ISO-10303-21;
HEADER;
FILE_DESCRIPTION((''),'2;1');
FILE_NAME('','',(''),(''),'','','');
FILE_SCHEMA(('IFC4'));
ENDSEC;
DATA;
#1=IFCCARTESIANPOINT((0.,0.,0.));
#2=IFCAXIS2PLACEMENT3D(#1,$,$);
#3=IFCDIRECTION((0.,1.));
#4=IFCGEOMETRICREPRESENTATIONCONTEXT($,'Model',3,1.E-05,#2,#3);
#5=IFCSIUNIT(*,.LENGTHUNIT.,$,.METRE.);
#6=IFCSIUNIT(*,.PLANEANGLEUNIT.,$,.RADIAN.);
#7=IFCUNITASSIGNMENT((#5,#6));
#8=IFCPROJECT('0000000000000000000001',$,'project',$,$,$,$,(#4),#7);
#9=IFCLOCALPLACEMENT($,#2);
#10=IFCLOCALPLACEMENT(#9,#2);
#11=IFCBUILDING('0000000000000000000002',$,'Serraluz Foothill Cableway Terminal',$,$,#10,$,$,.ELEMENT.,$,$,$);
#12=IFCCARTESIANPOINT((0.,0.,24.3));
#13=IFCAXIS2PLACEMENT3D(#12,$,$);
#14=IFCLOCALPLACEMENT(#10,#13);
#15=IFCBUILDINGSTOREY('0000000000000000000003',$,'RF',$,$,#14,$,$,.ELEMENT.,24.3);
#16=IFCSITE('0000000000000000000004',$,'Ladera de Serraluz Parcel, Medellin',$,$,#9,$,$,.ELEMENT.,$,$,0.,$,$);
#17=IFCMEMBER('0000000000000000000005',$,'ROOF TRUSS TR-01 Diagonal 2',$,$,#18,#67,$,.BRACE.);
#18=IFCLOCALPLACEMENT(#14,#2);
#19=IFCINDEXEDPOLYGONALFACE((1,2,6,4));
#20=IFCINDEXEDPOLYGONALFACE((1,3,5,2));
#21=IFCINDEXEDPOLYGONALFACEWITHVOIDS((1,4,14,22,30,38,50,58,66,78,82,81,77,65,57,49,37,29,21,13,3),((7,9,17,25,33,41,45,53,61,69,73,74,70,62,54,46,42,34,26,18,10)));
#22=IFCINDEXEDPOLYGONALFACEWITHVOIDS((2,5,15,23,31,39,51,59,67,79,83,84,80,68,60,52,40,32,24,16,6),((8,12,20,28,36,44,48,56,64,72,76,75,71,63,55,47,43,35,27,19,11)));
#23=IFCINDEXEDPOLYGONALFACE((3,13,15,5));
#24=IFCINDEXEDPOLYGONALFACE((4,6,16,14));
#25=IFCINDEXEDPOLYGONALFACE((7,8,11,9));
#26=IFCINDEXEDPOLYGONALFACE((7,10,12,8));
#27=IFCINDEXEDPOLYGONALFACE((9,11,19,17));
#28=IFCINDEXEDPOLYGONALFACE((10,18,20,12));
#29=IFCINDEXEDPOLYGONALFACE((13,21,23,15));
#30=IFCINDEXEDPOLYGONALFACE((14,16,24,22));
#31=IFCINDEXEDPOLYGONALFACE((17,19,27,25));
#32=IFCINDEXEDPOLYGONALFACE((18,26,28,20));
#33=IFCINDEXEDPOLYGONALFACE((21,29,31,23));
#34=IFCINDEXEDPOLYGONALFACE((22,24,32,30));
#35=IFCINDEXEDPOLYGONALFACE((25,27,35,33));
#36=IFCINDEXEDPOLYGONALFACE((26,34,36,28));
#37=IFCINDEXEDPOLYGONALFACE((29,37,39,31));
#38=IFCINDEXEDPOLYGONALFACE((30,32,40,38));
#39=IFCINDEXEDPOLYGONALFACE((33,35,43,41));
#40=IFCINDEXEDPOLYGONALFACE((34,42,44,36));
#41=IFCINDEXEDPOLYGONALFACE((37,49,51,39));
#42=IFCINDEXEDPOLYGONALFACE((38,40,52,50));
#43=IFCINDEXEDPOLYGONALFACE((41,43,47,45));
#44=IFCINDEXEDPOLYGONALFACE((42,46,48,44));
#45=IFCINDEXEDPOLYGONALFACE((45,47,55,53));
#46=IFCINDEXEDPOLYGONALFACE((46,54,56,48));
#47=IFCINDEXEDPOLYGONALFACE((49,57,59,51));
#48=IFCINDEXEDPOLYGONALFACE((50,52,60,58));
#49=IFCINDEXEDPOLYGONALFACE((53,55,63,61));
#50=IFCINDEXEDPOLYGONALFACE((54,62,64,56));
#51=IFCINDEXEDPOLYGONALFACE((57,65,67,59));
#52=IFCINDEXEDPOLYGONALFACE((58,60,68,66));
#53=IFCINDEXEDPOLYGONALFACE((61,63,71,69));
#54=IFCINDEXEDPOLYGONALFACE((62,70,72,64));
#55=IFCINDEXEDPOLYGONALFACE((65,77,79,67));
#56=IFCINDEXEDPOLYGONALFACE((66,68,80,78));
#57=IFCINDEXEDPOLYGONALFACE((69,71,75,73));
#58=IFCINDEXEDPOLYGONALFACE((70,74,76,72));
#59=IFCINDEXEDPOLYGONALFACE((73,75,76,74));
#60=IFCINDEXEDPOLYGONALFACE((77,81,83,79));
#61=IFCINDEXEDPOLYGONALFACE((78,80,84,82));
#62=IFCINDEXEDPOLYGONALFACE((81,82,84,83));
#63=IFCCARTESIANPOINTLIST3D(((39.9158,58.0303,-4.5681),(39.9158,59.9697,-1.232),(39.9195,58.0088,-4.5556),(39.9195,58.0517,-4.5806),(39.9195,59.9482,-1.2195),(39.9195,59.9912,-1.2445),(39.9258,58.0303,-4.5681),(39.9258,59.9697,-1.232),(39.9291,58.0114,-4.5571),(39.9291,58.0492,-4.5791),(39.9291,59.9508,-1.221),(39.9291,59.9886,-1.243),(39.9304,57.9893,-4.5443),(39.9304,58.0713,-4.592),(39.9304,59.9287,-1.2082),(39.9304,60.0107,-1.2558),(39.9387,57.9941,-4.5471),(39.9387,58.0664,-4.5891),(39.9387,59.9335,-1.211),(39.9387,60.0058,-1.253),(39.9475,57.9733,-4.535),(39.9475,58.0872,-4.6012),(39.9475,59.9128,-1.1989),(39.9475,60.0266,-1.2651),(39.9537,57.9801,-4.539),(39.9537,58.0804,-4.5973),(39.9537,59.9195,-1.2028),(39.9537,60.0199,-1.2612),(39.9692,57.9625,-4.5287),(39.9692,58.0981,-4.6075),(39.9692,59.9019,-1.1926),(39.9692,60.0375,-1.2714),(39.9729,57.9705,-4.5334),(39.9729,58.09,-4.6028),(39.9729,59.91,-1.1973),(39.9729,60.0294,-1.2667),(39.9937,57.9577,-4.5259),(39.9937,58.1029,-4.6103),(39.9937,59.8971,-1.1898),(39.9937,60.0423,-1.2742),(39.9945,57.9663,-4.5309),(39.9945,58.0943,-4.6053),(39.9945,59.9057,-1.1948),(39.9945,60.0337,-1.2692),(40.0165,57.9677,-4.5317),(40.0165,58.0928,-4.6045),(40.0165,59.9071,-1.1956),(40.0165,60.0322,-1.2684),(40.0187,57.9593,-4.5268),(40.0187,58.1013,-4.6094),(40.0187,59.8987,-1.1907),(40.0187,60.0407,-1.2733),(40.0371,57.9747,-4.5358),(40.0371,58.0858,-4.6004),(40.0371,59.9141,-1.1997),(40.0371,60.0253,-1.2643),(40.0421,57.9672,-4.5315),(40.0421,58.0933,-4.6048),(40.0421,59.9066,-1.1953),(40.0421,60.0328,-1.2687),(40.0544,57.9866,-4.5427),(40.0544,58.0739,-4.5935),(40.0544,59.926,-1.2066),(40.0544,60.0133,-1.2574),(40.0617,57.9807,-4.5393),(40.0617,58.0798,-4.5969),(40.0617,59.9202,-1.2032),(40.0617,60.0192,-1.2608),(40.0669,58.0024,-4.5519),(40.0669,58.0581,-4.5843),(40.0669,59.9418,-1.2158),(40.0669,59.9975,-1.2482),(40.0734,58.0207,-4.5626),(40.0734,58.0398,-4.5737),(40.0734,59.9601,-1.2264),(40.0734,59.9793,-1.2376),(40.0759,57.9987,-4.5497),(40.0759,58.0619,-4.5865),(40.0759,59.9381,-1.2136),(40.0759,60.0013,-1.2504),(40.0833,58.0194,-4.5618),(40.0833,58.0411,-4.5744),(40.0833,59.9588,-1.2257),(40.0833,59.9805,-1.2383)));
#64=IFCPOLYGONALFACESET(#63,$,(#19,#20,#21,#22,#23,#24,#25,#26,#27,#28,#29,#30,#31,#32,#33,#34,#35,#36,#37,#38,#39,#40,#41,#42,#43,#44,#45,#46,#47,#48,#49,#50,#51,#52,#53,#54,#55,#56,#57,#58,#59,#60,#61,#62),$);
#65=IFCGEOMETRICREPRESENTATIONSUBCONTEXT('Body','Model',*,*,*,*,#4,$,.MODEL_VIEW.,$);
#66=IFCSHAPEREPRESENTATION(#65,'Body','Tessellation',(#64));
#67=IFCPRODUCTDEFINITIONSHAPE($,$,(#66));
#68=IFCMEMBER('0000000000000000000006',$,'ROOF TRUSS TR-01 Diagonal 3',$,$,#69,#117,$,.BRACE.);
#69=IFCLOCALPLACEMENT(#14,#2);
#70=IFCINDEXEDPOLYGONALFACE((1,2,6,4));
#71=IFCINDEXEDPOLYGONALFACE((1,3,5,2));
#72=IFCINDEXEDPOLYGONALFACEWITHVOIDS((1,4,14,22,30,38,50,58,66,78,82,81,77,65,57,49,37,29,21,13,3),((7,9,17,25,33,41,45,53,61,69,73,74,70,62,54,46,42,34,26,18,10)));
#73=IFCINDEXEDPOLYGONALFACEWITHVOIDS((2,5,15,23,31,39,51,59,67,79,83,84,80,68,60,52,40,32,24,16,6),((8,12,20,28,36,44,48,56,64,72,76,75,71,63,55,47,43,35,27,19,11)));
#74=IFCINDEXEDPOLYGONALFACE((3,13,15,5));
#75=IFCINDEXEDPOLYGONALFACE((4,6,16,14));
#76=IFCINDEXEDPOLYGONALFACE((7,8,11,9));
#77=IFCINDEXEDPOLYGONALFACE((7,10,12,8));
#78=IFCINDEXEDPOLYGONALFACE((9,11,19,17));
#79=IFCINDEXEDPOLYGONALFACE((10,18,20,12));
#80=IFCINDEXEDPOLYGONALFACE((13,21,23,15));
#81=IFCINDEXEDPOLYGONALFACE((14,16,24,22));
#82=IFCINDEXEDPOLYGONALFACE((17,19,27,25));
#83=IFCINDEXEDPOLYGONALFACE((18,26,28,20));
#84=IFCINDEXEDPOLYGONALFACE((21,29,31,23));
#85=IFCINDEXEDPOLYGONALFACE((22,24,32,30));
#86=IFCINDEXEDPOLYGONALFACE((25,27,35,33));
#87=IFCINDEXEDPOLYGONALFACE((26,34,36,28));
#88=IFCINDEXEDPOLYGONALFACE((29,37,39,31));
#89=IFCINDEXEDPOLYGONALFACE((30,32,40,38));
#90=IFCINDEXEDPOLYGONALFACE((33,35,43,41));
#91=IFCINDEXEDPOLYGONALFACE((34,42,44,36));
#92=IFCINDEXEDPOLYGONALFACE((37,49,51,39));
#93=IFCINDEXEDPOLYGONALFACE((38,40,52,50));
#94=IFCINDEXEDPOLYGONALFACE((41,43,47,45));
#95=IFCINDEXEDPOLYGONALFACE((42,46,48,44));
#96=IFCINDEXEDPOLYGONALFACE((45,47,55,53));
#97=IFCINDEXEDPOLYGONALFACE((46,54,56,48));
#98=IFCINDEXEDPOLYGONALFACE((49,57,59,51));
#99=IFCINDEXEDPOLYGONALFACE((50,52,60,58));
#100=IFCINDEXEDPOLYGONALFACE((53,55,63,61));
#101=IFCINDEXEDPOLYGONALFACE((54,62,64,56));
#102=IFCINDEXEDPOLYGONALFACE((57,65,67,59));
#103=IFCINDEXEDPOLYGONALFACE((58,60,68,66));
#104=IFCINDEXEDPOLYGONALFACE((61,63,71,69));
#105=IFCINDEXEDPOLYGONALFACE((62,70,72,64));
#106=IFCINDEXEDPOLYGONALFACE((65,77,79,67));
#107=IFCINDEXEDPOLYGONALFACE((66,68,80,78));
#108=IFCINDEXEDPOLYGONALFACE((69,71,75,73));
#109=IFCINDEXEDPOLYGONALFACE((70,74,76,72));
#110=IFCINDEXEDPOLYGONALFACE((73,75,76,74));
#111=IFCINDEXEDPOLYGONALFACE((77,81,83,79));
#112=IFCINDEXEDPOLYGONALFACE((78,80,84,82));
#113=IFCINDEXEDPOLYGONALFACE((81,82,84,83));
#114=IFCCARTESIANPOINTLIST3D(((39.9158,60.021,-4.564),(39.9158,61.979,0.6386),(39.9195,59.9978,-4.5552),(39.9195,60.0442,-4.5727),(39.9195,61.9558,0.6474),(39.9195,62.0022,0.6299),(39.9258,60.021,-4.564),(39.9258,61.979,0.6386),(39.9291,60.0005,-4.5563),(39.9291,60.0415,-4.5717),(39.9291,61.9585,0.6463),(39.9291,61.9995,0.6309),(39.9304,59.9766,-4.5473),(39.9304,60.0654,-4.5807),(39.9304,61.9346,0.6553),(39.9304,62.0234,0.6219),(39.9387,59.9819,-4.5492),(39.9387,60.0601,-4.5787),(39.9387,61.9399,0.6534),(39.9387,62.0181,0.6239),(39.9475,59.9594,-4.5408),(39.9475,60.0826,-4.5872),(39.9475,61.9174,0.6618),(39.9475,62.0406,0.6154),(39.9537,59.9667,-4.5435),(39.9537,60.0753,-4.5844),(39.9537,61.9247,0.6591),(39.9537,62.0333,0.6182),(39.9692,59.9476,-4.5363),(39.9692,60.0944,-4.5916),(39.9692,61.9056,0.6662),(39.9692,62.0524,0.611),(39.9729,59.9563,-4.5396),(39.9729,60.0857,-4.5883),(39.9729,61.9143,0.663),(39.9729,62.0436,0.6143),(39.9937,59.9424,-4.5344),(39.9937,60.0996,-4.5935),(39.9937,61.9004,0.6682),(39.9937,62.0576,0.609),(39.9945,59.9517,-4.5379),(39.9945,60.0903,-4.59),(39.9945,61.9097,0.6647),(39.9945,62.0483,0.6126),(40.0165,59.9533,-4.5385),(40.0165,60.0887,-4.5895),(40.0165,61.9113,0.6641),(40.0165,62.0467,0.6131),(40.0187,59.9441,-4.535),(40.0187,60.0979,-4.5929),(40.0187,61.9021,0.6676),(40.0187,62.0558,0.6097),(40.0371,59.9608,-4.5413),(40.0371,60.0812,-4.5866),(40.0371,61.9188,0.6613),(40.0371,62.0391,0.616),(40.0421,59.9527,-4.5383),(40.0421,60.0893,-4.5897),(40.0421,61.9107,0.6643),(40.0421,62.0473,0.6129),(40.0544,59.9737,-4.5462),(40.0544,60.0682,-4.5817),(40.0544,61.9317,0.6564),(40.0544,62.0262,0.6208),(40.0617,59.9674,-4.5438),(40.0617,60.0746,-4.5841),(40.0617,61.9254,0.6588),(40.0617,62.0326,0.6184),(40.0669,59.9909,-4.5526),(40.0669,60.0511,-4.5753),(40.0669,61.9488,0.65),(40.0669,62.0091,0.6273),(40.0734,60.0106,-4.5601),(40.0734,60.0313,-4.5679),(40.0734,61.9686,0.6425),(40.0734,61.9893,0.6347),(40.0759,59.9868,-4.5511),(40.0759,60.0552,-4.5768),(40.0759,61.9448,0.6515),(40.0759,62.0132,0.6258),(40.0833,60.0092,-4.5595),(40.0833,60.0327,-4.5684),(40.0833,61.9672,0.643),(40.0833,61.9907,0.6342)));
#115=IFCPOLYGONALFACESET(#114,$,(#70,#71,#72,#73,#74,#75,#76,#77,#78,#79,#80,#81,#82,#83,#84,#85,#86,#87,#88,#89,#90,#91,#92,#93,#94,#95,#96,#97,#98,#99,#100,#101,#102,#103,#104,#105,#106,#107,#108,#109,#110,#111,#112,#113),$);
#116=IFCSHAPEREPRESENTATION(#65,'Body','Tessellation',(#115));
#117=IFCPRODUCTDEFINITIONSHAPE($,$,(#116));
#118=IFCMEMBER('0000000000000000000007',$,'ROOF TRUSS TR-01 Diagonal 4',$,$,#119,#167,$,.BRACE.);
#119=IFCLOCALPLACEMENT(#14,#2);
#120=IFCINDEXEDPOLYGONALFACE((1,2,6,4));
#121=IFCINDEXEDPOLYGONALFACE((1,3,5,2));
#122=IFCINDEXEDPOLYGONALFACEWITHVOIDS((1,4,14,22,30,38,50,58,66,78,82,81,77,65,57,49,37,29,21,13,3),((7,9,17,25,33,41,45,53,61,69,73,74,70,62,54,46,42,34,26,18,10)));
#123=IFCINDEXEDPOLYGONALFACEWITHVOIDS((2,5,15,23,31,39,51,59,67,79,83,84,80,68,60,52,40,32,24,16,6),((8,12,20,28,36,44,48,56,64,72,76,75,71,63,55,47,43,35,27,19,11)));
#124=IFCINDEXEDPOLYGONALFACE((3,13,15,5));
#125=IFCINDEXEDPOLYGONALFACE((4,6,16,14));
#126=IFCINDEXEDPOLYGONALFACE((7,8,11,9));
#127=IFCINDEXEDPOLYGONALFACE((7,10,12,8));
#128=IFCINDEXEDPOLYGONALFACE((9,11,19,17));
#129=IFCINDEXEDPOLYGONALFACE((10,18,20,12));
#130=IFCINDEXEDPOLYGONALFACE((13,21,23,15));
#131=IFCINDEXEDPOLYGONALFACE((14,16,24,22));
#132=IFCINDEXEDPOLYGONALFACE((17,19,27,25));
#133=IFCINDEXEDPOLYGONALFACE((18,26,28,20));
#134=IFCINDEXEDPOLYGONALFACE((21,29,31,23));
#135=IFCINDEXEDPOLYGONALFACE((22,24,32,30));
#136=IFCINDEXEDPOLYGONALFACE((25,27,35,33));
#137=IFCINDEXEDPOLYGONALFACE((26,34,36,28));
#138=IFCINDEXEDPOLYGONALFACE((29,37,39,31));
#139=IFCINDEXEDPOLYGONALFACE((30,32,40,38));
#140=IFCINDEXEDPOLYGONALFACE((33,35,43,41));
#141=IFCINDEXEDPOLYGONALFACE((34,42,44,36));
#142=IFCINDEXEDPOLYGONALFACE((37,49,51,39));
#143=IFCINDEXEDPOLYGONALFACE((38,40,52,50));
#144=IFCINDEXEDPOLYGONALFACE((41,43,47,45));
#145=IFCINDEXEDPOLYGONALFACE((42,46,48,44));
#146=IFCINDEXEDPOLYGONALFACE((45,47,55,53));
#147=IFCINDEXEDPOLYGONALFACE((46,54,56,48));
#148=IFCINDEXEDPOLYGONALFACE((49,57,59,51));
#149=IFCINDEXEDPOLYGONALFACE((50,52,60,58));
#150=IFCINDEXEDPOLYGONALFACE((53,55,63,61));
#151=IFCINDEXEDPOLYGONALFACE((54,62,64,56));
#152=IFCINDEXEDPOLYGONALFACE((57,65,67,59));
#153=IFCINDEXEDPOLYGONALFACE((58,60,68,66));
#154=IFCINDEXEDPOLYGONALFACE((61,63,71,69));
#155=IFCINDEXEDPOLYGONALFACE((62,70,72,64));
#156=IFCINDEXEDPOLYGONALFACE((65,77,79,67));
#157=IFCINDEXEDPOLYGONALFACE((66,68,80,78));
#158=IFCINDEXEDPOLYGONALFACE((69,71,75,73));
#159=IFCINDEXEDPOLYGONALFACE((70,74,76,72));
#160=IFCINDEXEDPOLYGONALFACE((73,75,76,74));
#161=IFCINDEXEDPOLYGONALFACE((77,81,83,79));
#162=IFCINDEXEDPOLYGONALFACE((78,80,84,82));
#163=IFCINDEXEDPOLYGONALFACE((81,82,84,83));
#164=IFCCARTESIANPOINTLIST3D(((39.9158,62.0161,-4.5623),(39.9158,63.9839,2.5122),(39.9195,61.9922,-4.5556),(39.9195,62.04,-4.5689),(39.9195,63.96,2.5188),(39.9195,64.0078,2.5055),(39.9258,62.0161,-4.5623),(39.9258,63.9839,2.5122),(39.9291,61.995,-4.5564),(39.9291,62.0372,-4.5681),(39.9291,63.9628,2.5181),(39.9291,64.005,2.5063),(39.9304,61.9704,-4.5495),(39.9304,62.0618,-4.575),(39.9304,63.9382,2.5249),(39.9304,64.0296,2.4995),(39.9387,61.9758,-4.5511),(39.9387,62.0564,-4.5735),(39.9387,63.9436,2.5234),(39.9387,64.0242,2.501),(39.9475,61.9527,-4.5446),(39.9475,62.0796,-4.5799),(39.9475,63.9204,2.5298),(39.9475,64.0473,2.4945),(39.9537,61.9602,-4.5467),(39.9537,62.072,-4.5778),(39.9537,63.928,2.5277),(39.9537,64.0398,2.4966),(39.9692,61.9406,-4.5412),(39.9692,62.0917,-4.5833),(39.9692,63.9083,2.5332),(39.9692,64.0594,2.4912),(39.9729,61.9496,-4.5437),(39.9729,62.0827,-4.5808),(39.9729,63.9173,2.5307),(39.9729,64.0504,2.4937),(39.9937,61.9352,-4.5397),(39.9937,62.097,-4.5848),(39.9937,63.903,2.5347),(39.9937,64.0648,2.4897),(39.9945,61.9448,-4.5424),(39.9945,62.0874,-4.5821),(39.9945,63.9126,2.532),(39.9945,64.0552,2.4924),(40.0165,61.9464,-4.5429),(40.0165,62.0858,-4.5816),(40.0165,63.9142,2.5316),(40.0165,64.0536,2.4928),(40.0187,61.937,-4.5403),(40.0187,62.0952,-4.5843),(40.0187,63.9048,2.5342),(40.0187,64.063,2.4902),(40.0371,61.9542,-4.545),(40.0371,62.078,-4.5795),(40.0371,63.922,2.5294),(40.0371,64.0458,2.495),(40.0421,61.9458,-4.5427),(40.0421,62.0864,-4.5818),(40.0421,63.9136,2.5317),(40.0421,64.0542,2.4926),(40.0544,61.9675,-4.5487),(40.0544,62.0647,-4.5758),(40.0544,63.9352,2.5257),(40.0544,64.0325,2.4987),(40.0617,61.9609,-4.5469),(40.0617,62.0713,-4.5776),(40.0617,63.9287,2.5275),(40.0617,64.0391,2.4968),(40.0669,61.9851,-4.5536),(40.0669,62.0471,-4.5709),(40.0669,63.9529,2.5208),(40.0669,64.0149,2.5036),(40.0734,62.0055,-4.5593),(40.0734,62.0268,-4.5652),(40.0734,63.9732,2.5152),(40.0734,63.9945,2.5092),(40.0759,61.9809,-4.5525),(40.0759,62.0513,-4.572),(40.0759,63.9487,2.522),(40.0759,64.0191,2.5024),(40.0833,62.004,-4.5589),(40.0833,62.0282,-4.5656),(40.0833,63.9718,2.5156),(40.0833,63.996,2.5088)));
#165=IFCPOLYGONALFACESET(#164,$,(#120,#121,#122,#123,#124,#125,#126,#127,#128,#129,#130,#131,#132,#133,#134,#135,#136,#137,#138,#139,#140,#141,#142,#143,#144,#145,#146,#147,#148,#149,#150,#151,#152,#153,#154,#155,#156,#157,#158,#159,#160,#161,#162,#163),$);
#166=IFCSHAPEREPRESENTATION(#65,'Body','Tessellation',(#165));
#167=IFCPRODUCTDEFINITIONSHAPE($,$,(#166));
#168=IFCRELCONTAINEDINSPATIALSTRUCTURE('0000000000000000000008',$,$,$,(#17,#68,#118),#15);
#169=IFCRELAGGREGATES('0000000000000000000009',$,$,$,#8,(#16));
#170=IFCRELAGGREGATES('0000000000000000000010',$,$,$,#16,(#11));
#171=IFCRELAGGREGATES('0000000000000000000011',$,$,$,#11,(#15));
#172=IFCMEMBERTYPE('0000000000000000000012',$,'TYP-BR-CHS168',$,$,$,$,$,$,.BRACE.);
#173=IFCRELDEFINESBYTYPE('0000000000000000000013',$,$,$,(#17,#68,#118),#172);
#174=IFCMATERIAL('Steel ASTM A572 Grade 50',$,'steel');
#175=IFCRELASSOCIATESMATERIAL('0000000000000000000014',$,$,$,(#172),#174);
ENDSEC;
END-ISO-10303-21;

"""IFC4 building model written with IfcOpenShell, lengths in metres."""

from ifc_helpers import new_model, si_unit, direction, frame, origin, origin_2d, place, context, subcontext, project, spatial, hollow_circle, extrude, material, material_profile, profile_set, type_object, element, save


model = new_model("IFC4")

# Units and contexts
model_context = context("Model", 3, precision=1e-05, world=origin(), true_north=direction((0.0, 1.0)))
body_context = subcontext(model_context, "Body", "Model", "MODEL_VIEW")
ifc_project = project(units=[si_unit("LENGTHUNIT", "METRE"), si_unit("PLANEANGLEUNIT", "RADIAN")], contexts=[model_context])

# Site, building, storey
site_placement = place(None, origin())
site = spatial("IfcSite", under=ifc_project, at=site_placement, Name="Ladera de Serraluz Parcel, Medellin", CompositionType="ELEMENT", RefElevation=0.0)
building_placement = place(site_placement, origin())
building = spatial("IfcBuilding", under=site, at=building_placement, Name="Serraluz Foothill Cableway Terminal", CompositionType="ELEMENT")
storey_placement = place(building_placement, frame((0.0, 0.0, 24.3)))
storey = spatial("IfcBuildingStorey", under=building, at=storey_placement, Name="RF", CompositionType="ELEMENT", Elevation=24.3)

# Members
ifc_material_1 = material(Name="Steel ASTM A572 Grade 50", Category="steel")
ifc_material_profile_1 = material_profile(ifc_material_1, hollow_circle(Radius=0.0842, WallThickness=0.01, at=origin_2d()), Name="CHS168X10")
ifc_profile_set_1 = profile_set([ifc_material_profile_1], Name="Steel ASTM A572 Grade 50")
member_type_1 = type_object("IfcMemberType", Name="TYP-BR-CHS168", PredefinedType="BRACE", material=ifc_profile_set_1)
member_1_placement = place(storey_placement, frame((40.0, 58.0303, -4.5681), z_axis=(0.0, 0.502584, 0.864528), x_axis=(-1.0, 0.0, 0.0)))
element("IfcMember", 1, at=member_1_placement, inside=storey, type_object=member_type_1, Name="ROOF TRUSS TR-01 Diagonal 2", PredefinedType="BRACE", context=body_context, shape_type="SweptSolid", body=[
    extrude(hollow_circle(Radius=0.0842, WallThickness=0.01, at=origin_2d()), origin(), (0.0, 0.0, 1.0), 3.8589),
])
member_2_placement = place(storey_placement, frame((40.0, 60.021, -4.564), z_axis=(0.0, 0.35223, 0.935913), x_axis=(-1.0, 0.0, 0.0)))
element("IfcMember", 2, at=member_2_placement, inside=storey, type_object=member_type_1, Name="ROOF TRUSS TR-01 Diagonal 3", PredefinedType="BRACE", context=body_context, shape_type="SweptSolid", body=[
    extrude(hollow_circle(Radius=0.0842, WallThickness=0.01, at=origin_2d()), origin(), (0.0, 0.0, 1.0), 5.5588),
])
for number, where, z_axis, x_axis, name in (
    (3, (40.0, 62.0161, -4.5623), (0.0, 0.267978, 0.963425), (-1.0, 0.0, 0.0), "ROOF TRUSS TR-01 Diagonal 4"),
):
    element("IfcMember", number, at=place(storey_placement, frame(where, z_axis=z_axis, x_axis=x_axis)), inside=storey, type_object=member_type_1, Name=name, PredefinedType="BRACE", context=body_context, shape_type="SweptSolid", body=[
        extrude(hollow_circle(Radius=0.0842, WallThickness=0.01, at=origin_2d()), origin(), (0.0, 0.0, 1.0), 7.343),
    ])

save(model, "model.ifc")
